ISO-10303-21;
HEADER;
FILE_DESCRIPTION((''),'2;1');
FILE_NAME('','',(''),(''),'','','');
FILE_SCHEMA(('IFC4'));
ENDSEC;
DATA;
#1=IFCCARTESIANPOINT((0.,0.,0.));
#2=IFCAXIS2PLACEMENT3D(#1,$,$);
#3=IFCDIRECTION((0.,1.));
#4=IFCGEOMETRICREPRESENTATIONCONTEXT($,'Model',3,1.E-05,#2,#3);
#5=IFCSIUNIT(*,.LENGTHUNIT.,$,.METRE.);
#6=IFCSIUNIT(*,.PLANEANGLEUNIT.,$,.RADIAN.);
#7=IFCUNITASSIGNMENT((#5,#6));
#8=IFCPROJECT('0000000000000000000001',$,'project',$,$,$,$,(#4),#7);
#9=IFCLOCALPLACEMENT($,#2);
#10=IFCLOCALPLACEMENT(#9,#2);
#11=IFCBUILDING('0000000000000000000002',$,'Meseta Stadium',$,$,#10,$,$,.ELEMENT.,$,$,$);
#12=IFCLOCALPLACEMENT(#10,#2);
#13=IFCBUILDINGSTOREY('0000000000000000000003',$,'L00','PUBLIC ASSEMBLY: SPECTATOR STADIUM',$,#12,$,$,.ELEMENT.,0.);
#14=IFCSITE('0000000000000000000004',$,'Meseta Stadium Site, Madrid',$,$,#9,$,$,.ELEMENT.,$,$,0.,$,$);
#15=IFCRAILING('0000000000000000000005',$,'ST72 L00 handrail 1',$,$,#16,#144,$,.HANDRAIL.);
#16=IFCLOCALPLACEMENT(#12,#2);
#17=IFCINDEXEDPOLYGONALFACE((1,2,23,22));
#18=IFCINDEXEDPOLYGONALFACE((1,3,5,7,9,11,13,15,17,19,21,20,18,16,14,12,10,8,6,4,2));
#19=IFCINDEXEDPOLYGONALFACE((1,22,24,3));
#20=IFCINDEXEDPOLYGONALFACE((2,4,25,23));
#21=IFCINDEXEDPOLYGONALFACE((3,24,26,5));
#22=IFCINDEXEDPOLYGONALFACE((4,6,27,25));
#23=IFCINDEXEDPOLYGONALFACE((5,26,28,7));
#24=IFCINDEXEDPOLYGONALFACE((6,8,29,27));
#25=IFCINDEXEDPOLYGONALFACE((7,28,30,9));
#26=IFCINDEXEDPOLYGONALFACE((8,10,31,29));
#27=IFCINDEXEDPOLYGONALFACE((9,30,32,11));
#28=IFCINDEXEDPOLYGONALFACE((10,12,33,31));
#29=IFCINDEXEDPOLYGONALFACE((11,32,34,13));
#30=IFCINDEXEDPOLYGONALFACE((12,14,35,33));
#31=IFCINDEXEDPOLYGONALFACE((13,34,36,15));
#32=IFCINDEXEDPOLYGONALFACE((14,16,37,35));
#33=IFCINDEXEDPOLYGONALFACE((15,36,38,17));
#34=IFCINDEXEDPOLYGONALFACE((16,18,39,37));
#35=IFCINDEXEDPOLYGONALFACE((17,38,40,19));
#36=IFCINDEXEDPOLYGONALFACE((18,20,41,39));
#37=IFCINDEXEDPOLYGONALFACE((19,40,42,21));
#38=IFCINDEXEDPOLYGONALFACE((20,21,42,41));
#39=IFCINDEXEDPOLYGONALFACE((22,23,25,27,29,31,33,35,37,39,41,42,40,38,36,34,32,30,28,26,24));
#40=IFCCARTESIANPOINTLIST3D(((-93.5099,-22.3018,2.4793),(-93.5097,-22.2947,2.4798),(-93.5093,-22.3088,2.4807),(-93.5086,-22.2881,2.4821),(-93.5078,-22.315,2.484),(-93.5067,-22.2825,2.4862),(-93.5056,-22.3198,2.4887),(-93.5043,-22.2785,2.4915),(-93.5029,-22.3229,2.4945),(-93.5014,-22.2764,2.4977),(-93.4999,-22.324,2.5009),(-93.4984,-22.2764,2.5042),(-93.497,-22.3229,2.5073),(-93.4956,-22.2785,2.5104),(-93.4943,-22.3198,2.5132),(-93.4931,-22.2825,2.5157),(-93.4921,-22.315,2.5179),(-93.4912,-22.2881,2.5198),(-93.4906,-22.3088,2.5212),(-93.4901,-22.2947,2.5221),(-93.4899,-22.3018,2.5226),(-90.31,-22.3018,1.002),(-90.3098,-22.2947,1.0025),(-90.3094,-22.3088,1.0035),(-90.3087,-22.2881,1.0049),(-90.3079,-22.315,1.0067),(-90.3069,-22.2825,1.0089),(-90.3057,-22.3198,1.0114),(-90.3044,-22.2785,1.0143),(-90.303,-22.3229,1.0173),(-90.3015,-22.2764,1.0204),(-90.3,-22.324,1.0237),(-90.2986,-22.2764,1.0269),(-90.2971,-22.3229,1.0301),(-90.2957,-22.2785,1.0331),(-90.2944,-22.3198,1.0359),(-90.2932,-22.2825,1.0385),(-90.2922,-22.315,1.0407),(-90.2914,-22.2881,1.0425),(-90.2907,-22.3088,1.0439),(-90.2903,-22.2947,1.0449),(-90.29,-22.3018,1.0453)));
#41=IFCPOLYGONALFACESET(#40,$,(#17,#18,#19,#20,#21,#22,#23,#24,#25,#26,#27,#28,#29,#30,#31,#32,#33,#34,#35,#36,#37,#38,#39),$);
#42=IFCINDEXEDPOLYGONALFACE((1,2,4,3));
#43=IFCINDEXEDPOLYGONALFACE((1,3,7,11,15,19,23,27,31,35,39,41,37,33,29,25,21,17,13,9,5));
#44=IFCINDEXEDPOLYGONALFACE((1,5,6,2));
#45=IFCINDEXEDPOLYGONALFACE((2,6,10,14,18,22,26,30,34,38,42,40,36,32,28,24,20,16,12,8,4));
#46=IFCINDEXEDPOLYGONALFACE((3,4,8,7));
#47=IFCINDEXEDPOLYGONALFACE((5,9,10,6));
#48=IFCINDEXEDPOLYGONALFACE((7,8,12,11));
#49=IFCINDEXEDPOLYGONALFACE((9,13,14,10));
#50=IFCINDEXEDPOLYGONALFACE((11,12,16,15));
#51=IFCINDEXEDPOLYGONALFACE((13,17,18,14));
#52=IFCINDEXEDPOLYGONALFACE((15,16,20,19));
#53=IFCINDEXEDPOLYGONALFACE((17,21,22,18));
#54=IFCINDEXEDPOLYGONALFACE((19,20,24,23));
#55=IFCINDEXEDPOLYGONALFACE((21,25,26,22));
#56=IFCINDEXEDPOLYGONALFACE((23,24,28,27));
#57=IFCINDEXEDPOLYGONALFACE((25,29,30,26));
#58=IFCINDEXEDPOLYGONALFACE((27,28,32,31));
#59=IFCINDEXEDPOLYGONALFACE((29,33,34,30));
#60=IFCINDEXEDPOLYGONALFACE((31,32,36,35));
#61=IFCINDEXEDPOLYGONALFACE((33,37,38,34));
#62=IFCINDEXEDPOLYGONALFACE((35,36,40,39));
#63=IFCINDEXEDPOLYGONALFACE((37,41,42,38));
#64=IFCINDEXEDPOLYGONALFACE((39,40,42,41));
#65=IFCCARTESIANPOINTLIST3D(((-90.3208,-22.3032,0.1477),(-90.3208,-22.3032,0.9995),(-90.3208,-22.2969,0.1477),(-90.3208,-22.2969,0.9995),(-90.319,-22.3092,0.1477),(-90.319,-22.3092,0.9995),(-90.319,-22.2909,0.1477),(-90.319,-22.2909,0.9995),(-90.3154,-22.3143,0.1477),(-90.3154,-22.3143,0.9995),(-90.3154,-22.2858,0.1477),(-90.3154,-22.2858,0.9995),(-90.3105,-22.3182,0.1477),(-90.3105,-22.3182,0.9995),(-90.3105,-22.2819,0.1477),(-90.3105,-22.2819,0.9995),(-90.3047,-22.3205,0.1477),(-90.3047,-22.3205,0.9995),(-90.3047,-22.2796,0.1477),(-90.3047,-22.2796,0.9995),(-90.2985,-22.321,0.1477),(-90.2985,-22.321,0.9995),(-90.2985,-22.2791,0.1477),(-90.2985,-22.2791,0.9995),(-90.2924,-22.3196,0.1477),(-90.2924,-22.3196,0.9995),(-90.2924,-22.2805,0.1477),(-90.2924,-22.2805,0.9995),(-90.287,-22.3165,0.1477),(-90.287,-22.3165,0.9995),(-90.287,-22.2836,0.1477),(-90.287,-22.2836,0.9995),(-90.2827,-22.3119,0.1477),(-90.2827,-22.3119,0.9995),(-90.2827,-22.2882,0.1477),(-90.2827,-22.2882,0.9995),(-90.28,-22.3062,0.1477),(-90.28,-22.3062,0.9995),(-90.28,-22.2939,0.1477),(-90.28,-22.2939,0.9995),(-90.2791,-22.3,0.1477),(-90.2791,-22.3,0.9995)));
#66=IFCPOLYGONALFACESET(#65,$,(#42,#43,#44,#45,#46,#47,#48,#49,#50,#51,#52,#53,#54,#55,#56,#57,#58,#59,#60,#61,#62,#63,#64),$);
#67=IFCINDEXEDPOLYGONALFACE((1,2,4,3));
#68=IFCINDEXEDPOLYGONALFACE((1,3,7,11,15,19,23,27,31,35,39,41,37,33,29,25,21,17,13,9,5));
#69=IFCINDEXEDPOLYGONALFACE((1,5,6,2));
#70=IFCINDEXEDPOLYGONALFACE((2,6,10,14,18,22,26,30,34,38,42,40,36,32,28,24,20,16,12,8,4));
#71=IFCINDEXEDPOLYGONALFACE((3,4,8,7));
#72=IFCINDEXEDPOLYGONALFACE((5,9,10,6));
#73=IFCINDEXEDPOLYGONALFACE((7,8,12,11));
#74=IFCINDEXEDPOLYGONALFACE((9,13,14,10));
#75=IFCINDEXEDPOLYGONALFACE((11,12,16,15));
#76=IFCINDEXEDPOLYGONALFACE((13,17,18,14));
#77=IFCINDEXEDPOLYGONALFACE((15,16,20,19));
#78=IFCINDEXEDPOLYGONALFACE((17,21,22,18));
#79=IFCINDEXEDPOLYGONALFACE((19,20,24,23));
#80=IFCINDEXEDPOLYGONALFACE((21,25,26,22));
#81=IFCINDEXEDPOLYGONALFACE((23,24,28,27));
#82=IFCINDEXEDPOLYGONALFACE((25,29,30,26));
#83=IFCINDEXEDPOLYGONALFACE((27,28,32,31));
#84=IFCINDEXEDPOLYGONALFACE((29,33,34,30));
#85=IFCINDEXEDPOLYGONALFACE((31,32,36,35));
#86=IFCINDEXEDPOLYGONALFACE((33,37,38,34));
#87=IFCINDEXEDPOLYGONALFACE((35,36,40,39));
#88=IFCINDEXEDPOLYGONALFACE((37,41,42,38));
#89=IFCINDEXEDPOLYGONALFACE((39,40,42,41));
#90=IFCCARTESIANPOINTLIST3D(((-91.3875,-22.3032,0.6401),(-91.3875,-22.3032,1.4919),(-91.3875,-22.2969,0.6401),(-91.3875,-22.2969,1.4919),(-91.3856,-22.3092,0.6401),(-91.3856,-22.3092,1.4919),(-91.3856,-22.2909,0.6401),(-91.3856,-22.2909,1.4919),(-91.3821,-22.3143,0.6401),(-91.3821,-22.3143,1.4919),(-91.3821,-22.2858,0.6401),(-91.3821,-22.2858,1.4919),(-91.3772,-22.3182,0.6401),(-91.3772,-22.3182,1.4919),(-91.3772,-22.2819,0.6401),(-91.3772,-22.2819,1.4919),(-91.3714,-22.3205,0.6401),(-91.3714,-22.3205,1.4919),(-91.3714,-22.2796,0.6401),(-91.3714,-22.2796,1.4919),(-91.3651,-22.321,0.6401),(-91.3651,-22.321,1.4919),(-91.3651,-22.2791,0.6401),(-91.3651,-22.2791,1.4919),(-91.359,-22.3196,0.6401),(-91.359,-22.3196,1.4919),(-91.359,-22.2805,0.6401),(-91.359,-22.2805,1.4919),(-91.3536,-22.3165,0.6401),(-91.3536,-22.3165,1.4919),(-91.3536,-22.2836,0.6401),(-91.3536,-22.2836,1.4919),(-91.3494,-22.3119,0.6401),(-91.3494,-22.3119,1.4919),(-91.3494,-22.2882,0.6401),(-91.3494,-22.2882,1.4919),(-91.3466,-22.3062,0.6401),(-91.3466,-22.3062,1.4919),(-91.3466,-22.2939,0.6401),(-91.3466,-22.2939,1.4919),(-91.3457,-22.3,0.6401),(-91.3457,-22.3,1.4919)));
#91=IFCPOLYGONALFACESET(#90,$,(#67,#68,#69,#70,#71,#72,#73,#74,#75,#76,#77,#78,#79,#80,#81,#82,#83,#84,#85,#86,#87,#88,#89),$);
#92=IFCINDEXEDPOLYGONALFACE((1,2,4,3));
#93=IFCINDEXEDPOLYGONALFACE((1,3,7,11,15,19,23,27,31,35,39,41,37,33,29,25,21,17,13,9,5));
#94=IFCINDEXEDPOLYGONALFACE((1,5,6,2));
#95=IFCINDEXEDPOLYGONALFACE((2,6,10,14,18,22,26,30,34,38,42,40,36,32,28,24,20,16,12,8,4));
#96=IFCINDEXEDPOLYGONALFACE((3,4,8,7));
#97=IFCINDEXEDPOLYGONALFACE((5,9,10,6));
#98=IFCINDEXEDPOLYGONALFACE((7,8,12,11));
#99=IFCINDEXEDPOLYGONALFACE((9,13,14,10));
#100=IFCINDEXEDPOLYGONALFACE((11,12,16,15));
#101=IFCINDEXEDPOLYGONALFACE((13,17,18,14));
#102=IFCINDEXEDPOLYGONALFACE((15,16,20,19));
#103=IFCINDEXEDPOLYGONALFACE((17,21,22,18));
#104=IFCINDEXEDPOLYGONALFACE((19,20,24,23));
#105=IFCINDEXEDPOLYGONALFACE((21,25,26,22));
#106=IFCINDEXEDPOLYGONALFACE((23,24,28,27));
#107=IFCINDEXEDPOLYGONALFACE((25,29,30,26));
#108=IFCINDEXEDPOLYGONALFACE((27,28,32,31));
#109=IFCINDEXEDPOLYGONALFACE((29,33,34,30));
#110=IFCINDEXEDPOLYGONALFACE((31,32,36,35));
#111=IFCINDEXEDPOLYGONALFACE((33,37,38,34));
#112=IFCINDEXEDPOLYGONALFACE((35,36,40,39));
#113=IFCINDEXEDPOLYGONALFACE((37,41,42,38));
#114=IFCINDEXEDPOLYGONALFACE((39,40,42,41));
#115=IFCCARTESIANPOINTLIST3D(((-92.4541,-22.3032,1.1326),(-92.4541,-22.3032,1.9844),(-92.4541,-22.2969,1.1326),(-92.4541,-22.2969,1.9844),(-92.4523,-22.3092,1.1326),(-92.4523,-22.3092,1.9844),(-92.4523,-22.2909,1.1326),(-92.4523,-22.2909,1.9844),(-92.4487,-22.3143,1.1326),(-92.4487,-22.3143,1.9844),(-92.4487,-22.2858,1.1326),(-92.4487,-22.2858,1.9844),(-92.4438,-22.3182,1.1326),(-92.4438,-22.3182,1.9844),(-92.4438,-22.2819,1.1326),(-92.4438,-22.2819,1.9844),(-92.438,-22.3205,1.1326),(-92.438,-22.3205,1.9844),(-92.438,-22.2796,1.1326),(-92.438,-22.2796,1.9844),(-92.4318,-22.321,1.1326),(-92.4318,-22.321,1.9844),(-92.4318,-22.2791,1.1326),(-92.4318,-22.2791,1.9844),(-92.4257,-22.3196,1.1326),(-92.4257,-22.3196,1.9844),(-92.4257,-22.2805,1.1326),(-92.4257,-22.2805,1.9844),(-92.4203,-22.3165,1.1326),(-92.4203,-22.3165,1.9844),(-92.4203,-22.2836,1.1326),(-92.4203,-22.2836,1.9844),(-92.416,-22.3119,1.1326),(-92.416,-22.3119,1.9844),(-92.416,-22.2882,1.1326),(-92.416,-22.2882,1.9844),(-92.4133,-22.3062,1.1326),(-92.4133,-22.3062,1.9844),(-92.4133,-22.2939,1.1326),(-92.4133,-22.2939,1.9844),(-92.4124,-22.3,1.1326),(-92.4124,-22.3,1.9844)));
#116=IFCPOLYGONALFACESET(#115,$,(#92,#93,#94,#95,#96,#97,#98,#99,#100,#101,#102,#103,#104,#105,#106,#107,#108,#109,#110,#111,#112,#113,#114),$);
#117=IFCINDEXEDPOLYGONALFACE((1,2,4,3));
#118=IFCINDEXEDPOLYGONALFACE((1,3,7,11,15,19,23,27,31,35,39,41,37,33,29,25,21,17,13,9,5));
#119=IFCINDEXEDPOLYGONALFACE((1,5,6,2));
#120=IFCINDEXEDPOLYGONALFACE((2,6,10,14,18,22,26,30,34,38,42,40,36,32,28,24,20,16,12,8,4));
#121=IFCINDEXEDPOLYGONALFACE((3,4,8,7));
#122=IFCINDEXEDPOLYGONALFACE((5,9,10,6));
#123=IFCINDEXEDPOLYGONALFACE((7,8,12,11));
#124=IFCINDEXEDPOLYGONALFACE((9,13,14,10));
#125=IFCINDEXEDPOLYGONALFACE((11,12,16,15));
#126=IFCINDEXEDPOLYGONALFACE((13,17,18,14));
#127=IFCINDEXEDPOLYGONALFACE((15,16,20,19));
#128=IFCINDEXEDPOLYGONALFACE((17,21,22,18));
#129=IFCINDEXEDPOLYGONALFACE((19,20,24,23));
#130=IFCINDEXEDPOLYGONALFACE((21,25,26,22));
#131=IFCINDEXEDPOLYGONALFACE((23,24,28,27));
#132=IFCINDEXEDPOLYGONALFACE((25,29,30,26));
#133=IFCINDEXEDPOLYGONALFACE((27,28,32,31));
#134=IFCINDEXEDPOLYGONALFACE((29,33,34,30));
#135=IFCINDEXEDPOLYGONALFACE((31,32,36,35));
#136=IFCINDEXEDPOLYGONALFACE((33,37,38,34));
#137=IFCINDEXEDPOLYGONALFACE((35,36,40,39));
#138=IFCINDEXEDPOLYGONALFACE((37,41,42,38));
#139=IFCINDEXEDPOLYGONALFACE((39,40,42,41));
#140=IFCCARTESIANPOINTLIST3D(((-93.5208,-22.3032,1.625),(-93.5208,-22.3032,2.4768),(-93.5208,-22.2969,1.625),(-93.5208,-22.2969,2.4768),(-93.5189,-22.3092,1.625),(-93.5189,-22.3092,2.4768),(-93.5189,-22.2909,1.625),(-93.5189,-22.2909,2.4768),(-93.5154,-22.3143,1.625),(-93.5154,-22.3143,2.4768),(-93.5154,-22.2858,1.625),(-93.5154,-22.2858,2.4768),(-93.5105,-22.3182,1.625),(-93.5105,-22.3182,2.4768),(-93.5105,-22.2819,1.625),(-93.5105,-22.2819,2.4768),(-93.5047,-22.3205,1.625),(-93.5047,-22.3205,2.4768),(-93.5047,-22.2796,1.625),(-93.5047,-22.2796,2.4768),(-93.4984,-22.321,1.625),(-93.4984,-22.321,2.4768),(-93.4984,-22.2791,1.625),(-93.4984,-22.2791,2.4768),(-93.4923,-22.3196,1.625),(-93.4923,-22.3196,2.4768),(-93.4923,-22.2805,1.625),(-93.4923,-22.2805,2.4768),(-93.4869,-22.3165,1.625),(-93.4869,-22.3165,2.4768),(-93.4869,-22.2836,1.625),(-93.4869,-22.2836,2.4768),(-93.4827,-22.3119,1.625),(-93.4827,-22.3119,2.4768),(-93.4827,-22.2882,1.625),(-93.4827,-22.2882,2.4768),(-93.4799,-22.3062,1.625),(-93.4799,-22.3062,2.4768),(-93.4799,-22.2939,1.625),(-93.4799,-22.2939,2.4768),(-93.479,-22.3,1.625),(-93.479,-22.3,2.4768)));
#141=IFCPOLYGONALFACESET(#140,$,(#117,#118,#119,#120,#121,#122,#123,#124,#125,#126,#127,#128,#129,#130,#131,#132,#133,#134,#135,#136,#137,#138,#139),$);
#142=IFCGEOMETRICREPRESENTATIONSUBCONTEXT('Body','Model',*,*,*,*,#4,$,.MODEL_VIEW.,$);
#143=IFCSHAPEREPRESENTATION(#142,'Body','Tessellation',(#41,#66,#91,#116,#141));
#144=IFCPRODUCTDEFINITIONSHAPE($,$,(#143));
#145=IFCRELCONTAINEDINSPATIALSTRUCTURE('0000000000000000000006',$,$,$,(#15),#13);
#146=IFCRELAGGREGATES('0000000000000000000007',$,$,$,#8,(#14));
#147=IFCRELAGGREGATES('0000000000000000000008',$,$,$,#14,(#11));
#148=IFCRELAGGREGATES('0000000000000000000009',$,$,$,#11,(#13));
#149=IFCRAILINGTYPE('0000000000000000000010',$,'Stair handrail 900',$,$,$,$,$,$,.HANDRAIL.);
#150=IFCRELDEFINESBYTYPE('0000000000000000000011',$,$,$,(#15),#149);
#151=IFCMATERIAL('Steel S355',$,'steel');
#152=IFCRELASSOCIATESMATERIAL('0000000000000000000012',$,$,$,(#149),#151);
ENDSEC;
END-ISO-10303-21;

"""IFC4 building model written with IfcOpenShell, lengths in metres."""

from ifc_helpers import new_model, si_unit, direction, frame, origin, origin_2d, place, context, subcontext, project, spatial, circle, extrude, material, type_object, element, save


model = new_model("IFC4")

# Units and contexts
model_context = context("Model", 3, precision=1e-05, world=origin(), true_north=direction((0.0, 1.0)))
body_context = subcontext(model_context, "Body", "Model", "MODEL_VIEW")
ifc_project = project(units=[si_unit("LENGTHUNIT", "METRE"), si_unit("PLANEANGLEUNIT", "RADIAN")], contexts=[model_context])

# Site, building, storey
site_placement = place(None, origin())
site = spatial("IfcSite", under=ifc_project, at=site_placement, Name="Meseta Stadium Site, Madrid", CompositionType="ELEMENT", RefElevation=0.0)
building_placement = place(site_placement, origin())
building = spatial("IfcBuilding", under=site, at=building_placement, Name="Meseta Stadium", CompositionType="ELEMENT")
storey_placement = place(building_placement, origin())
storey = spatial("IfcBuildingStorey", under=building, at=storey_placement, Name="L00", Description="PUBLIC ASSEMBLY: SPECTATOR STADIUM", CompositionType="ELEMENT", Elevation=0.0)

# Railing
ifc_material_1 = material(Name="Steel S355", Category="steel")
railing_type_1 = type_object("IfcRailingType", Name="Stair handrail 900", PredefinedType="HANDRAIL", material=ifc_material_1)
for number, where, name in (
    (1, (-90.3, -22.3, 0.1477), "ST72 L00 handrail 1"),
):
    element("IfcRailing", number, at=place(storey_placement, frame(where)), inside=storey, type_object=railing_type_1, Name=name, PredefinedType="HANDRAIL", context=body_context, shape_type="SweptSolid", body=[
        extrude(circle(Radius=0.0239, at=origin_2d()), frame((0.0, 0.0, 0.876), z_axis=(-0.907917, 0.0, 0.41915), x_axis=(0.0, -1.0, 0.0)), (0.0, 0.0, 1.0), 3.5244),
        extrude(circle(Radius=0.021, at=origin_2d()), origin(), (0.0, 0.0, 1.0), 0.8518),
        extrude(circle(Radius=0.021, at=origin_2d()), frame((-1.0667, 0.0, 0.4924)), (0.0, 0.0, 1.0), 0.8518),
        extrude(circle(Radius=0.021, at=origin_2d()), frame((-2.1333, 0.0, 0.9849)), (0.0, 0.0, 1.0), 0.8518),
        extrude(circle(Radius=0.021, at=origin_2d()), frame((-3.2, 0.0, 1.4773)), (0.0, 0.0, 1.0), 0.8518),
    ])

save(model, "model.ifc")
